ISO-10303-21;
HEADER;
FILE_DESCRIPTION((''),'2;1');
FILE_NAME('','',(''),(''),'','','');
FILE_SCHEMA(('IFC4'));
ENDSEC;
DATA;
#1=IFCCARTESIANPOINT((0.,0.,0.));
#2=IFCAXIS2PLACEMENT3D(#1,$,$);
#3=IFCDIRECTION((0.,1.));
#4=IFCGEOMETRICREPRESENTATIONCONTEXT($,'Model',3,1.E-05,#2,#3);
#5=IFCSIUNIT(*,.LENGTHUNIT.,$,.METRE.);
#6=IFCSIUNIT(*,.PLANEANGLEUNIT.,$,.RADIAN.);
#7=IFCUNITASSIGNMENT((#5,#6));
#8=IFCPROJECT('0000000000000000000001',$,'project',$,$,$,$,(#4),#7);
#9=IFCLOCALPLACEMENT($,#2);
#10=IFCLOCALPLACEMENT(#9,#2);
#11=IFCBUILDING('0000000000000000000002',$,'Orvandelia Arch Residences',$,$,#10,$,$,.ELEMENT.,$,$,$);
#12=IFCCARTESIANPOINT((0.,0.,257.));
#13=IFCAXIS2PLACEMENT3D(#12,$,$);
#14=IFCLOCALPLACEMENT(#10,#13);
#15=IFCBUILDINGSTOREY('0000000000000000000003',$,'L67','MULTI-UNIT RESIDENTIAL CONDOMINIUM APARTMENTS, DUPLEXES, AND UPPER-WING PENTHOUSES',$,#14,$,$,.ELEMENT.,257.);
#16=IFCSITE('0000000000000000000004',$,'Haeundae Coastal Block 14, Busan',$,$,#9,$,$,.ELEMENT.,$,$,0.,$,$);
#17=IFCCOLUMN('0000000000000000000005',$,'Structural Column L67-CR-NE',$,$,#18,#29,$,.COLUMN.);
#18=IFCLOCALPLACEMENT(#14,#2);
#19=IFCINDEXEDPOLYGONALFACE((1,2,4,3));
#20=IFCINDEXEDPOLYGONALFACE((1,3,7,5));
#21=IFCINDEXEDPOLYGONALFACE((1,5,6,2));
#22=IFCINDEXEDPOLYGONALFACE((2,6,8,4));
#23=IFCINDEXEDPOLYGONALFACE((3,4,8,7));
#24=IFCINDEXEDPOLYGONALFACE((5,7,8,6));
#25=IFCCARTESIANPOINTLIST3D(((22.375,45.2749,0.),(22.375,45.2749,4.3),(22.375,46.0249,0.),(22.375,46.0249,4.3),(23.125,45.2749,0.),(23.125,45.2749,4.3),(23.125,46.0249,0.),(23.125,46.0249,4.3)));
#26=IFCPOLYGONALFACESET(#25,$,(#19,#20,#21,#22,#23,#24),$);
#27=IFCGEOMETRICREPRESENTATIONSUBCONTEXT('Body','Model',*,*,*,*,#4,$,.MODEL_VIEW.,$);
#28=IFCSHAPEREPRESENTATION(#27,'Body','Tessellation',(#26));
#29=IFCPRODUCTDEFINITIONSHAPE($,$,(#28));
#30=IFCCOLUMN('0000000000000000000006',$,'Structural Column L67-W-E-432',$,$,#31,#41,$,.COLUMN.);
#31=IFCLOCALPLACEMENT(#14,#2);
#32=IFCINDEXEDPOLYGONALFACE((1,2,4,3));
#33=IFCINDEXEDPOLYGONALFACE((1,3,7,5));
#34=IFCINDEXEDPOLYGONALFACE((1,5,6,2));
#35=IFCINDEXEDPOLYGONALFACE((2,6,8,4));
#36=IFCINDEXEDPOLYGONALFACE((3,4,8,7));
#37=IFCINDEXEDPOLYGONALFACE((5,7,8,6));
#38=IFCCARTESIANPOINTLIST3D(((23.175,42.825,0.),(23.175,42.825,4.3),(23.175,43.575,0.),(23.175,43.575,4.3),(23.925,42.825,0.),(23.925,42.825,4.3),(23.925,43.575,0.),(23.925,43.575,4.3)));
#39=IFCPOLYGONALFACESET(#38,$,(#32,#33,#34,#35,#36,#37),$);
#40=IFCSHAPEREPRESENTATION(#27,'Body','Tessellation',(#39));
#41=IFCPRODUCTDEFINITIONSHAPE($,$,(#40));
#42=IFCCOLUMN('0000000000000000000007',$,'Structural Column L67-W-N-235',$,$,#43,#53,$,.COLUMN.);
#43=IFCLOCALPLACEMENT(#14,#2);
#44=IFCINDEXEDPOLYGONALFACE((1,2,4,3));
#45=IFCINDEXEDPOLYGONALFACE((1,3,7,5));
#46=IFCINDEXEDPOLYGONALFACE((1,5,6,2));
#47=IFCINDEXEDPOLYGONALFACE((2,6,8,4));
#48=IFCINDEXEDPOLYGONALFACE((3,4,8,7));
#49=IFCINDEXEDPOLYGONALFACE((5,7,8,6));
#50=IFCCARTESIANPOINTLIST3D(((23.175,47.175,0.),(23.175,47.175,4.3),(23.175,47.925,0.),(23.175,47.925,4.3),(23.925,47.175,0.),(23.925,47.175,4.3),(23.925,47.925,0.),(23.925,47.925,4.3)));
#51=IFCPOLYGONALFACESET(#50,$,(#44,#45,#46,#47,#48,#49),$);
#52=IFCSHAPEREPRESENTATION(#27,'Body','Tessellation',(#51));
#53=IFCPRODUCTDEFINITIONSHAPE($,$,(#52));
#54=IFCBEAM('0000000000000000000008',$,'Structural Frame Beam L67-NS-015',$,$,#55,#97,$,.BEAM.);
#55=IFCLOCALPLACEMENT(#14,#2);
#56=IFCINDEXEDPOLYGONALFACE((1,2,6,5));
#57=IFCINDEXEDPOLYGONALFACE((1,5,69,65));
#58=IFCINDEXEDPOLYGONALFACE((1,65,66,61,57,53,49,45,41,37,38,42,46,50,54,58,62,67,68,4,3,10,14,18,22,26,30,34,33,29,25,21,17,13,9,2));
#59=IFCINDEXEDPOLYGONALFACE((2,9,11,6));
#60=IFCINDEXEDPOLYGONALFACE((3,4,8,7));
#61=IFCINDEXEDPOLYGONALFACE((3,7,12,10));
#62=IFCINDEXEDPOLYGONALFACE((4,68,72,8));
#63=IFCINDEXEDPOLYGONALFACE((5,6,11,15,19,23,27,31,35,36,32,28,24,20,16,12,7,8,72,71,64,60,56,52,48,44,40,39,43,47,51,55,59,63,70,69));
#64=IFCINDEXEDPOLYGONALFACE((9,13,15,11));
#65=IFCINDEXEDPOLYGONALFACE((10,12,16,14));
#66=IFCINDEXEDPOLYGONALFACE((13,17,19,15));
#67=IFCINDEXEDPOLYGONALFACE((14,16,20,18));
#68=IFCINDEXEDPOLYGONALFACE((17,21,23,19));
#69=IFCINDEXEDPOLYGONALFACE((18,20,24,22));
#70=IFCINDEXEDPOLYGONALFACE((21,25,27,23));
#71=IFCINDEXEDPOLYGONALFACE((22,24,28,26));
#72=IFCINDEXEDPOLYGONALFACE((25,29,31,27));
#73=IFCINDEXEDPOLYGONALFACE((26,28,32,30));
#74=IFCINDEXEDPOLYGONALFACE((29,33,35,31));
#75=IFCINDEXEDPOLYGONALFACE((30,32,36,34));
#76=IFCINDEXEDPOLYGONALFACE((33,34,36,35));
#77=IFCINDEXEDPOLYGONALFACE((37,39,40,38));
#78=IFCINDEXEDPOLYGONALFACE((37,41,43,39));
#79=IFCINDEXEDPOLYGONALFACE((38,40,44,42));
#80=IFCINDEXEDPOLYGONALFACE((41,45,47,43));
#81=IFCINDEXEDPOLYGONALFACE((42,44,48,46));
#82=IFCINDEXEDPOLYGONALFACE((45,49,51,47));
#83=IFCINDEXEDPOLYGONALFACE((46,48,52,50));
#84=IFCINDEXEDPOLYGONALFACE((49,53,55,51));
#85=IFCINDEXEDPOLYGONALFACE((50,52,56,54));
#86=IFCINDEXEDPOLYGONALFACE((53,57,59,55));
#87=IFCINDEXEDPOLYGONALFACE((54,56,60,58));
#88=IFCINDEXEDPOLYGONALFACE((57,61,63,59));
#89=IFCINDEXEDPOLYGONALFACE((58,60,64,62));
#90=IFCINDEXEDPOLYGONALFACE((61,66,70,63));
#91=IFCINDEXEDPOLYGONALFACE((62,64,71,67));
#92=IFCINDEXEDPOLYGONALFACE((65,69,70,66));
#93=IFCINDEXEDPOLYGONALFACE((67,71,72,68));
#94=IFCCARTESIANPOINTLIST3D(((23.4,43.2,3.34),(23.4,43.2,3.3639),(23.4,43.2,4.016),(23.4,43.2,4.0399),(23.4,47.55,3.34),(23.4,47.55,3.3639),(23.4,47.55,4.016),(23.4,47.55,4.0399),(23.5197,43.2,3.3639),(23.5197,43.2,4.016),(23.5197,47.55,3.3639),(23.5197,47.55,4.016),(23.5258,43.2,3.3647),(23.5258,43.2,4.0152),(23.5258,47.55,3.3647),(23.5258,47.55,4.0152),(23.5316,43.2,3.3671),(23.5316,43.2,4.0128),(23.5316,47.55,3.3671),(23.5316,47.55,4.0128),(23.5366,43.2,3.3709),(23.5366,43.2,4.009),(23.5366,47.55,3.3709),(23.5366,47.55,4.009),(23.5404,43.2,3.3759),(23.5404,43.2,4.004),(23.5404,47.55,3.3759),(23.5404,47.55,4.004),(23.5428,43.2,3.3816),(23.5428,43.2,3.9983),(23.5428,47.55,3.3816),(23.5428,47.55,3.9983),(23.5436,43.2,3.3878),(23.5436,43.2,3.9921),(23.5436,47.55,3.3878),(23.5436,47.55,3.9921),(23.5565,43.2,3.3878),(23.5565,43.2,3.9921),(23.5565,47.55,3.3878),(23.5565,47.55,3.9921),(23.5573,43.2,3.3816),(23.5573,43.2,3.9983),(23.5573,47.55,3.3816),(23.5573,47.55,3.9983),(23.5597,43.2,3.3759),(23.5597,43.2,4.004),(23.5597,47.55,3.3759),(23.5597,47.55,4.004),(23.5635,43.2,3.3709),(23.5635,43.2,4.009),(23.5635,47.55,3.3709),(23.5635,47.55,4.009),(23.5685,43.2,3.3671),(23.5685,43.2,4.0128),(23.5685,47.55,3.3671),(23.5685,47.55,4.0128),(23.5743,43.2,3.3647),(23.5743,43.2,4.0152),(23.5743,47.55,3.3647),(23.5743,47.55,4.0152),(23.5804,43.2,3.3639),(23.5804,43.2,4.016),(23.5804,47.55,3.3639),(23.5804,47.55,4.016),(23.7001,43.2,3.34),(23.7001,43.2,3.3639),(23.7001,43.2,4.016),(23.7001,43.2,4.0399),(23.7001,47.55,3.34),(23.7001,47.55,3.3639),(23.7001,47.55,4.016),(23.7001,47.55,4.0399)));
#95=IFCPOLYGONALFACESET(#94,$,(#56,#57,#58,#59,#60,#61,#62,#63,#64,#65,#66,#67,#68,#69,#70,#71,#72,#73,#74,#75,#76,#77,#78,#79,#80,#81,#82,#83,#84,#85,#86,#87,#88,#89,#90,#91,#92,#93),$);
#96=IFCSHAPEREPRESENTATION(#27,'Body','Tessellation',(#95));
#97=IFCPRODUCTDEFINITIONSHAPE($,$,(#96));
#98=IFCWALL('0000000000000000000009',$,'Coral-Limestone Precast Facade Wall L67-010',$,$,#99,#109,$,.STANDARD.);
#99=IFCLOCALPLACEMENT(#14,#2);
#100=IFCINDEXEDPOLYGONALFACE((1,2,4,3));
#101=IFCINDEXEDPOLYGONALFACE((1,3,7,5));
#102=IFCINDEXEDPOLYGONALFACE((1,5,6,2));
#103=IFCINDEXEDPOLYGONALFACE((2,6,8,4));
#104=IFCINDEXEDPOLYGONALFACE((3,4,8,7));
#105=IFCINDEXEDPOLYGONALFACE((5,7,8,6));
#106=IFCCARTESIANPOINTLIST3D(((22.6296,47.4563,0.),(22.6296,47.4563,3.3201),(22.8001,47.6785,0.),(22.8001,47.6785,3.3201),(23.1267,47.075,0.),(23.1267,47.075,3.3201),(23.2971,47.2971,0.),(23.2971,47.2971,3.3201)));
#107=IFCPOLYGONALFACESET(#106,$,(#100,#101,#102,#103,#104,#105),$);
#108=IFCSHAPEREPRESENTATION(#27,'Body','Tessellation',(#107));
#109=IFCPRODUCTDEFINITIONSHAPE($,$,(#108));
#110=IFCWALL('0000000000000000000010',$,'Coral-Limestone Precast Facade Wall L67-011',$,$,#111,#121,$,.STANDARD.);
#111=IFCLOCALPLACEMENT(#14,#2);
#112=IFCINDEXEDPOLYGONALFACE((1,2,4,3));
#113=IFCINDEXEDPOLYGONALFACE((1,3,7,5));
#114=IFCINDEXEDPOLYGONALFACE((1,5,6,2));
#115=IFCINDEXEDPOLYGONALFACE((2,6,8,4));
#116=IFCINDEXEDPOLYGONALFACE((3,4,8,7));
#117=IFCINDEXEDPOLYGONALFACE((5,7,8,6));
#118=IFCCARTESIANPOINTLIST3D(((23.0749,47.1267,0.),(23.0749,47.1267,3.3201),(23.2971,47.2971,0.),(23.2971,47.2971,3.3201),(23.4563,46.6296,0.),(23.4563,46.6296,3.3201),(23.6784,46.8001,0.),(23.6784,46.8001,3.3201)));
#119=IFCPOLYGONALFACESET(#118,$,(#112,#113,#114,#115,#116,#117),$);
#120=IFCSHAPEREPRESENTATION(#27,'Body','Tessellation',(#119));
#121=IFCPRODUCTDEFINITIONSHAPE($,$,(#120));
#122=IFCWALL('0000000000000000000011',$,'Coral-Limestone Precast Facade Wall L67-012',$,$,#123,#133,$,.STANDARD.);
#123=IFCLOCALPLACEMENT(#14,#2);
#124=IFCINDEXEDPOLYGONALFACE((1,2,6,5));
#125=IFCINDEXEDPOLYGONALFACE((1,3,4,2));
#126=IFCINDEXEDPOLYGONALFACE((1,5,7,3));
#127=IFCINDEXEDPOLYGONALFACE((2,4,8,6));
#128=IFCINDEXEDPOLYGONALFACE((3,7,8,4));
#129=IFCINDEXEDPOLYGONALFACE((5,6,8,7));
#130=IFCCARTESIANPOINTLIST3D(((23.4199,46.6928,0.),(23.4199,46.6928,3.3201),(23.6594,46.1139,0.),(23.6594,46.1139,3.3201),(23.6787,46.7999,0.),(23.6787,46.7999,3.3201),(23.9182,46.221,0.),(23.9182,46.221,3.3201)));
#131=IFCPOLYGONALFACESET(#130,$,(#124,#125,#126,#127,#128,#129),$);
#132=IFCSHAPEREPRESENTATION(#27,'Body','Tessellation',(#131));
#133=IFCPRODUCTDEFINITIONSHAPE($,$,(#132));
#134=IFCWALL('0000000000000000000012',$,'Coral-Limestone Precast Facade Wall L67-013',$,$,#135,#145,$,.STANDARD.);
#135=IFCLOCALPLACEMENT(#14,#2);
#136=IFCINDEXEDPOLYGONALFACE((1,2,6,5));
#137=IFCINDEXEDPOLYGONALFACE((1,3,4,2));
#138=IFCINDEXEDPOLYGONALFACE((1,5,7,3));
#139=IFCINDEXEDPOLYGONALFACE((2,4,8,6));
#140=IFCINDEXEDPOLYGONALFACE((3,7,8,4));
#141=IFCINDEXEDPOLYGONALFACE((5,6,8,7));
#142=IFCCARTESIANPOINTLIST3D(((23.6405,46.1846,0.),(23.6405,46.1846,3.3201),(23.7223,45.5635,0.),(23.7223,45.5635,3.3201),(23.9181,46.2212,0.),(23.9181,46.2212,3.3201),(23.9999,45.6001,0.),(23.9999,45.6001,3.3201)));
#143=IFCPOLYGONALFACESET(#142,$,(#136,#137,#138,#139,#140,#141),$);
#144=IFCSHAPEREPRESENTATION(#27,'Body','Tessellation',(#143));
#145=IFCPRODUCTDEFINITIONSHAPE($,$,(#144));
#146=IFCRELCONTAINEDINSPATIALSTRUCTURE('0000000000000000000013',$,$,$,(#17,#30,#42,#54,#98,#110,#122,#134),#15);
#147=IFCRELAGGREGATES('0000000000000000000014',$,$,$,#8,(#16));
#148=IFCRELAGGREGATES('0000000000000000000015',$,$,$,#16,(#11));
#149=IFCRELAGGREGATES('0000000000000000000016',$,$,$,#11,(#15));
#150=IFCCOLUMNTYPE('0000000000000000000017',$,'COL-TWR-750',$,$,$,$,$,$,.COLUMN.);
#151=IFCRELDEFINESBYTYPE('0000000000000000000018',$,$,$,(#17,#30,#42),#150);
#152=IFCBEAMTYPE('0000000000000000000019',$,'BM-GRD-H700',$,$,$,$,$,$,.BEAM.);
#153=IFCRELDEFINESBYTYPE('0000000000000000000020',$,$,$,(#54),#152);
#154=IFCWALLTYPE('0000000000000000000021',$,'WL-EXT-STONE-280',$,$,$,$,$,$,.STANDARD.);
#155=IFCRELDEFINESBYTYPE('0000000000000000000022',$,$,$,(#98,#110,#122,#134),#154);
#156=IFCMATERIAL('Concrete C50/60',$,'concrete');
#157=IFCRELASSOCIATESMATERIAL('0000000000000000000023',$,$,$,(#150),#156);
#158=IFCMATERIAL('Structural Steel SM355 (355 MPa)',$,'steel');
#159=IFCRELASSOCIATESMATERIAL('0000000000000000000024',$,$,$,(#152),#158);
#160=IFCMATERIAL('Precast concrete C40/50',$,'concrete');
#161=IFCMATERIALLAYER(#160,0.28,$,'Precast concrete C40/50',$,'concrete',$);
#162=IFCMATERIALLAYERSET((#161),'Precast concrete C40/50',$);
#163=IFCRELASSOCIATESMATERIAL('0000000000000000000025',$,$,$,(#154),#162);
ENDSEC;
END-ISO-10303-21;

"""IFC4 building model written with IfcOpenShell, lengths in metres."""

from ifc_helpers import new_model, si_unit, direction, frame, frame_2d, origin, origin_2d, place, context, subcontext, project, spatial, rectangle, i_section, extrude, material, layer, layer_set, material_profile, profile_set, type_object, element, save


model = new_model("IFC4")

# Units and contexts
model_context = context("Model", 3, precision=1e-05, world=origin(), true_north=direction((0.0, 1.0)))
body_context = subcontext(model_context, "Body", "Model", "MODEL_VIEW")
ifc_project = project(units=[si_unit("LENGTHUNIT", "METRE"), si_unit("PLANEANGLEUNIT", "RADIAN")], contexts=[model_context])

# Site, building, storey
site_placement = place(None, origin())
site = spatial("IfcSite", under=ifc_project, at=site_placement, Name="Haeundae Coastal Block 14, Busan", CompositionType="ELEMENT", RefElevation=0.0)
building_placement = place(site_placement, origin())
building = spatial("IfcBuilding", under=site, at=building_placement, Name="Orvandelia Arch Residences", CompositionType="ELEMENT")
storey_placement = place(building_placement, frame((0.0, 0.0, 257.0)))
storey = spatial("IfcBuildingStorey", under=building, at=storey_placement, Name="L67", Description="MULTI-UNIT RESIDENTIAL CONDOMINIUM APARTMENTS, DUPLEXES, AND UPPER-WING PENTHOUSES", CompositionType="ELEMENT", Elevation=257.0)

# Columns
ifc_material_1 = material(Name="Concrete C50/60", Category="concrete")
ifc_material_profile_1 = material_profile(ifc_material_1, rectangle(XDim=0.75, YDim=0.75, at=origin_2d()), Name="Concrete C50/60", Category="concrete")
ifc_profile_set_1 = profile_set([ifc_material_profile_1], Name="Concrete C50/60")
column_type = type_object("IfcColumnType", Name="COL-TWR-750", PredefinedType="COLUMN", material=ifc_profile_set_1)
for number, where, z_axis, x_axis, name in (
    (1, (22.75, 45.6499, 0.0), (0.0, 0.0, 1.0), (1.0, 0.0, 0.0), "Structural Column L67-CR-NE"),
    (2, (23.55, 43.2, 0.0), (0.0, 0.0, 1.0), (1.0, 0.0, 0.0), "Structural Column L67-W-E-432"),
    (3, (23.55, 47.55, 0.0), (0.0, 0.0, 1.0), (1.0, 0.0, 0.0), "Structural Column L67-W-N-235"),
):
    element("IfcColumn", number, at=place(storey_placement, frame(where, z_axis=z_axis, x_axis=x_axis)), inside=storey, type_object=column_type, Name=name, PredefinedType="COLUMN", context=body_context, shape_type="SweptSolid", body=[
        extrude(rectangle(XDim=0.75, YDim=0.75, at=origin_2d()), origin(), (0.0, 0.0, 1.0), 4.3),
    ])

# Beam
ifc_material_2 = material(Name="Structural Steel SM355 (355 MPa)", Category="steel")
ifc_material_profile_2 = material_profile(ifc_material_2, i_section(OverallWidth=0.3, OverallDepth=0.7, WebThickness=0.0129, FlangeThickness=0.0239, FilletRadius=0.0239, at=origin_2d()), Name="Structural Steel SM355 (355 MPa)", Category="steel")
ifc_profile_set_2 = profile_set([ifc_material_profile_2], Name="Structural Steel SM355 (355 MPa)")
beam_type = type_object("IfcBeamType", Name="BM-GRD-H700", PredefinedType="BEAM", material=ifc_profile_set_2)
beam_placement = place(storey_placement, frame((23.55, 43.2, 3.6899), z_axis=(0.0, 1.0, 0.0), x_axis=(-1.0, 0.0, 0.0)))
element("IfcBeam", 4, at=beam_placement, inside=storey, type_object=beam_type, Name="Structural Frame Beam L67-NS-015", PredefinedType="BEAM", context=body_context, shape_type="SweptSolid", body=[
    extrude(i_section(OverallWidth=0.3, OverallDepth=0.7, WebThickness=0.0129, FlangeThickness=0.0239, FilletRadius=0.0239, at=origin_2d()), origin(), (0.0, 0.0, 1.0), 4.3501),
])

# Walls
ifc_material_3 = material(Name="Precast concrete C40/50", Category="concrete")
ifc_layer_1 = layer(ifc_material_3, 0.28, Name="Precast concrete C40/50", Category="concrete")
ifc_layer_set_1 = layer_set([ifc_layer_1], Name="Precast concrete C40/50")
wall_type_1 = type_object("IfcWallType", Name="WL-EXT-STONE-280", PredefinedType="STANDARD", material=ifc_layer_set_1)
for number, where, z_axis, x_axis, name in (
    (5, (22.7148, 47.5674, 0.0), (0.0, 0.0, 1.0), (0.793406, -0.608693, 0.0), "Coral-Limestone Precast Facade Wall L67-010"),
    (6, (23.186, 47.2119, 0.0), (0.0, 0.0, 1.0), (0.608693, -0.793406, 0.0), "Coral-Limestone Precast Facade Wall L67-011"),
    (7, (23.5493, 46.7463, 0.0), (0.0, 0.0, 1.0), (0.382317, -0.924031, 0.0), "Coral-Limestone Precast Facade Wall L67-012"),
    (8, (23.7793, 46.2029, 0.0), (0.0, 0.0, 1.0), (0.130555, -0.991441, 0.0), "Coral-Limestone Precast Facade Wall L67-013"),
):
    element("IfcWall", number, at=place(storey_placement, frame(where, z_axis=z_axis, x_axis=x_axis)), inside=storey, type_object=wall_type_1, Name=name, PredefinedType="STANDARD", context=body_context, shape_type="SweptSolid", body=[
        extrude(rectangle(XDim=0.6265, YDim=0.28, at=frame_2d((0.3132, 0.0))), origin(), (0.0, 0.0, 1.0), 3.3201),
    ])

save(model, "model.ifc")
